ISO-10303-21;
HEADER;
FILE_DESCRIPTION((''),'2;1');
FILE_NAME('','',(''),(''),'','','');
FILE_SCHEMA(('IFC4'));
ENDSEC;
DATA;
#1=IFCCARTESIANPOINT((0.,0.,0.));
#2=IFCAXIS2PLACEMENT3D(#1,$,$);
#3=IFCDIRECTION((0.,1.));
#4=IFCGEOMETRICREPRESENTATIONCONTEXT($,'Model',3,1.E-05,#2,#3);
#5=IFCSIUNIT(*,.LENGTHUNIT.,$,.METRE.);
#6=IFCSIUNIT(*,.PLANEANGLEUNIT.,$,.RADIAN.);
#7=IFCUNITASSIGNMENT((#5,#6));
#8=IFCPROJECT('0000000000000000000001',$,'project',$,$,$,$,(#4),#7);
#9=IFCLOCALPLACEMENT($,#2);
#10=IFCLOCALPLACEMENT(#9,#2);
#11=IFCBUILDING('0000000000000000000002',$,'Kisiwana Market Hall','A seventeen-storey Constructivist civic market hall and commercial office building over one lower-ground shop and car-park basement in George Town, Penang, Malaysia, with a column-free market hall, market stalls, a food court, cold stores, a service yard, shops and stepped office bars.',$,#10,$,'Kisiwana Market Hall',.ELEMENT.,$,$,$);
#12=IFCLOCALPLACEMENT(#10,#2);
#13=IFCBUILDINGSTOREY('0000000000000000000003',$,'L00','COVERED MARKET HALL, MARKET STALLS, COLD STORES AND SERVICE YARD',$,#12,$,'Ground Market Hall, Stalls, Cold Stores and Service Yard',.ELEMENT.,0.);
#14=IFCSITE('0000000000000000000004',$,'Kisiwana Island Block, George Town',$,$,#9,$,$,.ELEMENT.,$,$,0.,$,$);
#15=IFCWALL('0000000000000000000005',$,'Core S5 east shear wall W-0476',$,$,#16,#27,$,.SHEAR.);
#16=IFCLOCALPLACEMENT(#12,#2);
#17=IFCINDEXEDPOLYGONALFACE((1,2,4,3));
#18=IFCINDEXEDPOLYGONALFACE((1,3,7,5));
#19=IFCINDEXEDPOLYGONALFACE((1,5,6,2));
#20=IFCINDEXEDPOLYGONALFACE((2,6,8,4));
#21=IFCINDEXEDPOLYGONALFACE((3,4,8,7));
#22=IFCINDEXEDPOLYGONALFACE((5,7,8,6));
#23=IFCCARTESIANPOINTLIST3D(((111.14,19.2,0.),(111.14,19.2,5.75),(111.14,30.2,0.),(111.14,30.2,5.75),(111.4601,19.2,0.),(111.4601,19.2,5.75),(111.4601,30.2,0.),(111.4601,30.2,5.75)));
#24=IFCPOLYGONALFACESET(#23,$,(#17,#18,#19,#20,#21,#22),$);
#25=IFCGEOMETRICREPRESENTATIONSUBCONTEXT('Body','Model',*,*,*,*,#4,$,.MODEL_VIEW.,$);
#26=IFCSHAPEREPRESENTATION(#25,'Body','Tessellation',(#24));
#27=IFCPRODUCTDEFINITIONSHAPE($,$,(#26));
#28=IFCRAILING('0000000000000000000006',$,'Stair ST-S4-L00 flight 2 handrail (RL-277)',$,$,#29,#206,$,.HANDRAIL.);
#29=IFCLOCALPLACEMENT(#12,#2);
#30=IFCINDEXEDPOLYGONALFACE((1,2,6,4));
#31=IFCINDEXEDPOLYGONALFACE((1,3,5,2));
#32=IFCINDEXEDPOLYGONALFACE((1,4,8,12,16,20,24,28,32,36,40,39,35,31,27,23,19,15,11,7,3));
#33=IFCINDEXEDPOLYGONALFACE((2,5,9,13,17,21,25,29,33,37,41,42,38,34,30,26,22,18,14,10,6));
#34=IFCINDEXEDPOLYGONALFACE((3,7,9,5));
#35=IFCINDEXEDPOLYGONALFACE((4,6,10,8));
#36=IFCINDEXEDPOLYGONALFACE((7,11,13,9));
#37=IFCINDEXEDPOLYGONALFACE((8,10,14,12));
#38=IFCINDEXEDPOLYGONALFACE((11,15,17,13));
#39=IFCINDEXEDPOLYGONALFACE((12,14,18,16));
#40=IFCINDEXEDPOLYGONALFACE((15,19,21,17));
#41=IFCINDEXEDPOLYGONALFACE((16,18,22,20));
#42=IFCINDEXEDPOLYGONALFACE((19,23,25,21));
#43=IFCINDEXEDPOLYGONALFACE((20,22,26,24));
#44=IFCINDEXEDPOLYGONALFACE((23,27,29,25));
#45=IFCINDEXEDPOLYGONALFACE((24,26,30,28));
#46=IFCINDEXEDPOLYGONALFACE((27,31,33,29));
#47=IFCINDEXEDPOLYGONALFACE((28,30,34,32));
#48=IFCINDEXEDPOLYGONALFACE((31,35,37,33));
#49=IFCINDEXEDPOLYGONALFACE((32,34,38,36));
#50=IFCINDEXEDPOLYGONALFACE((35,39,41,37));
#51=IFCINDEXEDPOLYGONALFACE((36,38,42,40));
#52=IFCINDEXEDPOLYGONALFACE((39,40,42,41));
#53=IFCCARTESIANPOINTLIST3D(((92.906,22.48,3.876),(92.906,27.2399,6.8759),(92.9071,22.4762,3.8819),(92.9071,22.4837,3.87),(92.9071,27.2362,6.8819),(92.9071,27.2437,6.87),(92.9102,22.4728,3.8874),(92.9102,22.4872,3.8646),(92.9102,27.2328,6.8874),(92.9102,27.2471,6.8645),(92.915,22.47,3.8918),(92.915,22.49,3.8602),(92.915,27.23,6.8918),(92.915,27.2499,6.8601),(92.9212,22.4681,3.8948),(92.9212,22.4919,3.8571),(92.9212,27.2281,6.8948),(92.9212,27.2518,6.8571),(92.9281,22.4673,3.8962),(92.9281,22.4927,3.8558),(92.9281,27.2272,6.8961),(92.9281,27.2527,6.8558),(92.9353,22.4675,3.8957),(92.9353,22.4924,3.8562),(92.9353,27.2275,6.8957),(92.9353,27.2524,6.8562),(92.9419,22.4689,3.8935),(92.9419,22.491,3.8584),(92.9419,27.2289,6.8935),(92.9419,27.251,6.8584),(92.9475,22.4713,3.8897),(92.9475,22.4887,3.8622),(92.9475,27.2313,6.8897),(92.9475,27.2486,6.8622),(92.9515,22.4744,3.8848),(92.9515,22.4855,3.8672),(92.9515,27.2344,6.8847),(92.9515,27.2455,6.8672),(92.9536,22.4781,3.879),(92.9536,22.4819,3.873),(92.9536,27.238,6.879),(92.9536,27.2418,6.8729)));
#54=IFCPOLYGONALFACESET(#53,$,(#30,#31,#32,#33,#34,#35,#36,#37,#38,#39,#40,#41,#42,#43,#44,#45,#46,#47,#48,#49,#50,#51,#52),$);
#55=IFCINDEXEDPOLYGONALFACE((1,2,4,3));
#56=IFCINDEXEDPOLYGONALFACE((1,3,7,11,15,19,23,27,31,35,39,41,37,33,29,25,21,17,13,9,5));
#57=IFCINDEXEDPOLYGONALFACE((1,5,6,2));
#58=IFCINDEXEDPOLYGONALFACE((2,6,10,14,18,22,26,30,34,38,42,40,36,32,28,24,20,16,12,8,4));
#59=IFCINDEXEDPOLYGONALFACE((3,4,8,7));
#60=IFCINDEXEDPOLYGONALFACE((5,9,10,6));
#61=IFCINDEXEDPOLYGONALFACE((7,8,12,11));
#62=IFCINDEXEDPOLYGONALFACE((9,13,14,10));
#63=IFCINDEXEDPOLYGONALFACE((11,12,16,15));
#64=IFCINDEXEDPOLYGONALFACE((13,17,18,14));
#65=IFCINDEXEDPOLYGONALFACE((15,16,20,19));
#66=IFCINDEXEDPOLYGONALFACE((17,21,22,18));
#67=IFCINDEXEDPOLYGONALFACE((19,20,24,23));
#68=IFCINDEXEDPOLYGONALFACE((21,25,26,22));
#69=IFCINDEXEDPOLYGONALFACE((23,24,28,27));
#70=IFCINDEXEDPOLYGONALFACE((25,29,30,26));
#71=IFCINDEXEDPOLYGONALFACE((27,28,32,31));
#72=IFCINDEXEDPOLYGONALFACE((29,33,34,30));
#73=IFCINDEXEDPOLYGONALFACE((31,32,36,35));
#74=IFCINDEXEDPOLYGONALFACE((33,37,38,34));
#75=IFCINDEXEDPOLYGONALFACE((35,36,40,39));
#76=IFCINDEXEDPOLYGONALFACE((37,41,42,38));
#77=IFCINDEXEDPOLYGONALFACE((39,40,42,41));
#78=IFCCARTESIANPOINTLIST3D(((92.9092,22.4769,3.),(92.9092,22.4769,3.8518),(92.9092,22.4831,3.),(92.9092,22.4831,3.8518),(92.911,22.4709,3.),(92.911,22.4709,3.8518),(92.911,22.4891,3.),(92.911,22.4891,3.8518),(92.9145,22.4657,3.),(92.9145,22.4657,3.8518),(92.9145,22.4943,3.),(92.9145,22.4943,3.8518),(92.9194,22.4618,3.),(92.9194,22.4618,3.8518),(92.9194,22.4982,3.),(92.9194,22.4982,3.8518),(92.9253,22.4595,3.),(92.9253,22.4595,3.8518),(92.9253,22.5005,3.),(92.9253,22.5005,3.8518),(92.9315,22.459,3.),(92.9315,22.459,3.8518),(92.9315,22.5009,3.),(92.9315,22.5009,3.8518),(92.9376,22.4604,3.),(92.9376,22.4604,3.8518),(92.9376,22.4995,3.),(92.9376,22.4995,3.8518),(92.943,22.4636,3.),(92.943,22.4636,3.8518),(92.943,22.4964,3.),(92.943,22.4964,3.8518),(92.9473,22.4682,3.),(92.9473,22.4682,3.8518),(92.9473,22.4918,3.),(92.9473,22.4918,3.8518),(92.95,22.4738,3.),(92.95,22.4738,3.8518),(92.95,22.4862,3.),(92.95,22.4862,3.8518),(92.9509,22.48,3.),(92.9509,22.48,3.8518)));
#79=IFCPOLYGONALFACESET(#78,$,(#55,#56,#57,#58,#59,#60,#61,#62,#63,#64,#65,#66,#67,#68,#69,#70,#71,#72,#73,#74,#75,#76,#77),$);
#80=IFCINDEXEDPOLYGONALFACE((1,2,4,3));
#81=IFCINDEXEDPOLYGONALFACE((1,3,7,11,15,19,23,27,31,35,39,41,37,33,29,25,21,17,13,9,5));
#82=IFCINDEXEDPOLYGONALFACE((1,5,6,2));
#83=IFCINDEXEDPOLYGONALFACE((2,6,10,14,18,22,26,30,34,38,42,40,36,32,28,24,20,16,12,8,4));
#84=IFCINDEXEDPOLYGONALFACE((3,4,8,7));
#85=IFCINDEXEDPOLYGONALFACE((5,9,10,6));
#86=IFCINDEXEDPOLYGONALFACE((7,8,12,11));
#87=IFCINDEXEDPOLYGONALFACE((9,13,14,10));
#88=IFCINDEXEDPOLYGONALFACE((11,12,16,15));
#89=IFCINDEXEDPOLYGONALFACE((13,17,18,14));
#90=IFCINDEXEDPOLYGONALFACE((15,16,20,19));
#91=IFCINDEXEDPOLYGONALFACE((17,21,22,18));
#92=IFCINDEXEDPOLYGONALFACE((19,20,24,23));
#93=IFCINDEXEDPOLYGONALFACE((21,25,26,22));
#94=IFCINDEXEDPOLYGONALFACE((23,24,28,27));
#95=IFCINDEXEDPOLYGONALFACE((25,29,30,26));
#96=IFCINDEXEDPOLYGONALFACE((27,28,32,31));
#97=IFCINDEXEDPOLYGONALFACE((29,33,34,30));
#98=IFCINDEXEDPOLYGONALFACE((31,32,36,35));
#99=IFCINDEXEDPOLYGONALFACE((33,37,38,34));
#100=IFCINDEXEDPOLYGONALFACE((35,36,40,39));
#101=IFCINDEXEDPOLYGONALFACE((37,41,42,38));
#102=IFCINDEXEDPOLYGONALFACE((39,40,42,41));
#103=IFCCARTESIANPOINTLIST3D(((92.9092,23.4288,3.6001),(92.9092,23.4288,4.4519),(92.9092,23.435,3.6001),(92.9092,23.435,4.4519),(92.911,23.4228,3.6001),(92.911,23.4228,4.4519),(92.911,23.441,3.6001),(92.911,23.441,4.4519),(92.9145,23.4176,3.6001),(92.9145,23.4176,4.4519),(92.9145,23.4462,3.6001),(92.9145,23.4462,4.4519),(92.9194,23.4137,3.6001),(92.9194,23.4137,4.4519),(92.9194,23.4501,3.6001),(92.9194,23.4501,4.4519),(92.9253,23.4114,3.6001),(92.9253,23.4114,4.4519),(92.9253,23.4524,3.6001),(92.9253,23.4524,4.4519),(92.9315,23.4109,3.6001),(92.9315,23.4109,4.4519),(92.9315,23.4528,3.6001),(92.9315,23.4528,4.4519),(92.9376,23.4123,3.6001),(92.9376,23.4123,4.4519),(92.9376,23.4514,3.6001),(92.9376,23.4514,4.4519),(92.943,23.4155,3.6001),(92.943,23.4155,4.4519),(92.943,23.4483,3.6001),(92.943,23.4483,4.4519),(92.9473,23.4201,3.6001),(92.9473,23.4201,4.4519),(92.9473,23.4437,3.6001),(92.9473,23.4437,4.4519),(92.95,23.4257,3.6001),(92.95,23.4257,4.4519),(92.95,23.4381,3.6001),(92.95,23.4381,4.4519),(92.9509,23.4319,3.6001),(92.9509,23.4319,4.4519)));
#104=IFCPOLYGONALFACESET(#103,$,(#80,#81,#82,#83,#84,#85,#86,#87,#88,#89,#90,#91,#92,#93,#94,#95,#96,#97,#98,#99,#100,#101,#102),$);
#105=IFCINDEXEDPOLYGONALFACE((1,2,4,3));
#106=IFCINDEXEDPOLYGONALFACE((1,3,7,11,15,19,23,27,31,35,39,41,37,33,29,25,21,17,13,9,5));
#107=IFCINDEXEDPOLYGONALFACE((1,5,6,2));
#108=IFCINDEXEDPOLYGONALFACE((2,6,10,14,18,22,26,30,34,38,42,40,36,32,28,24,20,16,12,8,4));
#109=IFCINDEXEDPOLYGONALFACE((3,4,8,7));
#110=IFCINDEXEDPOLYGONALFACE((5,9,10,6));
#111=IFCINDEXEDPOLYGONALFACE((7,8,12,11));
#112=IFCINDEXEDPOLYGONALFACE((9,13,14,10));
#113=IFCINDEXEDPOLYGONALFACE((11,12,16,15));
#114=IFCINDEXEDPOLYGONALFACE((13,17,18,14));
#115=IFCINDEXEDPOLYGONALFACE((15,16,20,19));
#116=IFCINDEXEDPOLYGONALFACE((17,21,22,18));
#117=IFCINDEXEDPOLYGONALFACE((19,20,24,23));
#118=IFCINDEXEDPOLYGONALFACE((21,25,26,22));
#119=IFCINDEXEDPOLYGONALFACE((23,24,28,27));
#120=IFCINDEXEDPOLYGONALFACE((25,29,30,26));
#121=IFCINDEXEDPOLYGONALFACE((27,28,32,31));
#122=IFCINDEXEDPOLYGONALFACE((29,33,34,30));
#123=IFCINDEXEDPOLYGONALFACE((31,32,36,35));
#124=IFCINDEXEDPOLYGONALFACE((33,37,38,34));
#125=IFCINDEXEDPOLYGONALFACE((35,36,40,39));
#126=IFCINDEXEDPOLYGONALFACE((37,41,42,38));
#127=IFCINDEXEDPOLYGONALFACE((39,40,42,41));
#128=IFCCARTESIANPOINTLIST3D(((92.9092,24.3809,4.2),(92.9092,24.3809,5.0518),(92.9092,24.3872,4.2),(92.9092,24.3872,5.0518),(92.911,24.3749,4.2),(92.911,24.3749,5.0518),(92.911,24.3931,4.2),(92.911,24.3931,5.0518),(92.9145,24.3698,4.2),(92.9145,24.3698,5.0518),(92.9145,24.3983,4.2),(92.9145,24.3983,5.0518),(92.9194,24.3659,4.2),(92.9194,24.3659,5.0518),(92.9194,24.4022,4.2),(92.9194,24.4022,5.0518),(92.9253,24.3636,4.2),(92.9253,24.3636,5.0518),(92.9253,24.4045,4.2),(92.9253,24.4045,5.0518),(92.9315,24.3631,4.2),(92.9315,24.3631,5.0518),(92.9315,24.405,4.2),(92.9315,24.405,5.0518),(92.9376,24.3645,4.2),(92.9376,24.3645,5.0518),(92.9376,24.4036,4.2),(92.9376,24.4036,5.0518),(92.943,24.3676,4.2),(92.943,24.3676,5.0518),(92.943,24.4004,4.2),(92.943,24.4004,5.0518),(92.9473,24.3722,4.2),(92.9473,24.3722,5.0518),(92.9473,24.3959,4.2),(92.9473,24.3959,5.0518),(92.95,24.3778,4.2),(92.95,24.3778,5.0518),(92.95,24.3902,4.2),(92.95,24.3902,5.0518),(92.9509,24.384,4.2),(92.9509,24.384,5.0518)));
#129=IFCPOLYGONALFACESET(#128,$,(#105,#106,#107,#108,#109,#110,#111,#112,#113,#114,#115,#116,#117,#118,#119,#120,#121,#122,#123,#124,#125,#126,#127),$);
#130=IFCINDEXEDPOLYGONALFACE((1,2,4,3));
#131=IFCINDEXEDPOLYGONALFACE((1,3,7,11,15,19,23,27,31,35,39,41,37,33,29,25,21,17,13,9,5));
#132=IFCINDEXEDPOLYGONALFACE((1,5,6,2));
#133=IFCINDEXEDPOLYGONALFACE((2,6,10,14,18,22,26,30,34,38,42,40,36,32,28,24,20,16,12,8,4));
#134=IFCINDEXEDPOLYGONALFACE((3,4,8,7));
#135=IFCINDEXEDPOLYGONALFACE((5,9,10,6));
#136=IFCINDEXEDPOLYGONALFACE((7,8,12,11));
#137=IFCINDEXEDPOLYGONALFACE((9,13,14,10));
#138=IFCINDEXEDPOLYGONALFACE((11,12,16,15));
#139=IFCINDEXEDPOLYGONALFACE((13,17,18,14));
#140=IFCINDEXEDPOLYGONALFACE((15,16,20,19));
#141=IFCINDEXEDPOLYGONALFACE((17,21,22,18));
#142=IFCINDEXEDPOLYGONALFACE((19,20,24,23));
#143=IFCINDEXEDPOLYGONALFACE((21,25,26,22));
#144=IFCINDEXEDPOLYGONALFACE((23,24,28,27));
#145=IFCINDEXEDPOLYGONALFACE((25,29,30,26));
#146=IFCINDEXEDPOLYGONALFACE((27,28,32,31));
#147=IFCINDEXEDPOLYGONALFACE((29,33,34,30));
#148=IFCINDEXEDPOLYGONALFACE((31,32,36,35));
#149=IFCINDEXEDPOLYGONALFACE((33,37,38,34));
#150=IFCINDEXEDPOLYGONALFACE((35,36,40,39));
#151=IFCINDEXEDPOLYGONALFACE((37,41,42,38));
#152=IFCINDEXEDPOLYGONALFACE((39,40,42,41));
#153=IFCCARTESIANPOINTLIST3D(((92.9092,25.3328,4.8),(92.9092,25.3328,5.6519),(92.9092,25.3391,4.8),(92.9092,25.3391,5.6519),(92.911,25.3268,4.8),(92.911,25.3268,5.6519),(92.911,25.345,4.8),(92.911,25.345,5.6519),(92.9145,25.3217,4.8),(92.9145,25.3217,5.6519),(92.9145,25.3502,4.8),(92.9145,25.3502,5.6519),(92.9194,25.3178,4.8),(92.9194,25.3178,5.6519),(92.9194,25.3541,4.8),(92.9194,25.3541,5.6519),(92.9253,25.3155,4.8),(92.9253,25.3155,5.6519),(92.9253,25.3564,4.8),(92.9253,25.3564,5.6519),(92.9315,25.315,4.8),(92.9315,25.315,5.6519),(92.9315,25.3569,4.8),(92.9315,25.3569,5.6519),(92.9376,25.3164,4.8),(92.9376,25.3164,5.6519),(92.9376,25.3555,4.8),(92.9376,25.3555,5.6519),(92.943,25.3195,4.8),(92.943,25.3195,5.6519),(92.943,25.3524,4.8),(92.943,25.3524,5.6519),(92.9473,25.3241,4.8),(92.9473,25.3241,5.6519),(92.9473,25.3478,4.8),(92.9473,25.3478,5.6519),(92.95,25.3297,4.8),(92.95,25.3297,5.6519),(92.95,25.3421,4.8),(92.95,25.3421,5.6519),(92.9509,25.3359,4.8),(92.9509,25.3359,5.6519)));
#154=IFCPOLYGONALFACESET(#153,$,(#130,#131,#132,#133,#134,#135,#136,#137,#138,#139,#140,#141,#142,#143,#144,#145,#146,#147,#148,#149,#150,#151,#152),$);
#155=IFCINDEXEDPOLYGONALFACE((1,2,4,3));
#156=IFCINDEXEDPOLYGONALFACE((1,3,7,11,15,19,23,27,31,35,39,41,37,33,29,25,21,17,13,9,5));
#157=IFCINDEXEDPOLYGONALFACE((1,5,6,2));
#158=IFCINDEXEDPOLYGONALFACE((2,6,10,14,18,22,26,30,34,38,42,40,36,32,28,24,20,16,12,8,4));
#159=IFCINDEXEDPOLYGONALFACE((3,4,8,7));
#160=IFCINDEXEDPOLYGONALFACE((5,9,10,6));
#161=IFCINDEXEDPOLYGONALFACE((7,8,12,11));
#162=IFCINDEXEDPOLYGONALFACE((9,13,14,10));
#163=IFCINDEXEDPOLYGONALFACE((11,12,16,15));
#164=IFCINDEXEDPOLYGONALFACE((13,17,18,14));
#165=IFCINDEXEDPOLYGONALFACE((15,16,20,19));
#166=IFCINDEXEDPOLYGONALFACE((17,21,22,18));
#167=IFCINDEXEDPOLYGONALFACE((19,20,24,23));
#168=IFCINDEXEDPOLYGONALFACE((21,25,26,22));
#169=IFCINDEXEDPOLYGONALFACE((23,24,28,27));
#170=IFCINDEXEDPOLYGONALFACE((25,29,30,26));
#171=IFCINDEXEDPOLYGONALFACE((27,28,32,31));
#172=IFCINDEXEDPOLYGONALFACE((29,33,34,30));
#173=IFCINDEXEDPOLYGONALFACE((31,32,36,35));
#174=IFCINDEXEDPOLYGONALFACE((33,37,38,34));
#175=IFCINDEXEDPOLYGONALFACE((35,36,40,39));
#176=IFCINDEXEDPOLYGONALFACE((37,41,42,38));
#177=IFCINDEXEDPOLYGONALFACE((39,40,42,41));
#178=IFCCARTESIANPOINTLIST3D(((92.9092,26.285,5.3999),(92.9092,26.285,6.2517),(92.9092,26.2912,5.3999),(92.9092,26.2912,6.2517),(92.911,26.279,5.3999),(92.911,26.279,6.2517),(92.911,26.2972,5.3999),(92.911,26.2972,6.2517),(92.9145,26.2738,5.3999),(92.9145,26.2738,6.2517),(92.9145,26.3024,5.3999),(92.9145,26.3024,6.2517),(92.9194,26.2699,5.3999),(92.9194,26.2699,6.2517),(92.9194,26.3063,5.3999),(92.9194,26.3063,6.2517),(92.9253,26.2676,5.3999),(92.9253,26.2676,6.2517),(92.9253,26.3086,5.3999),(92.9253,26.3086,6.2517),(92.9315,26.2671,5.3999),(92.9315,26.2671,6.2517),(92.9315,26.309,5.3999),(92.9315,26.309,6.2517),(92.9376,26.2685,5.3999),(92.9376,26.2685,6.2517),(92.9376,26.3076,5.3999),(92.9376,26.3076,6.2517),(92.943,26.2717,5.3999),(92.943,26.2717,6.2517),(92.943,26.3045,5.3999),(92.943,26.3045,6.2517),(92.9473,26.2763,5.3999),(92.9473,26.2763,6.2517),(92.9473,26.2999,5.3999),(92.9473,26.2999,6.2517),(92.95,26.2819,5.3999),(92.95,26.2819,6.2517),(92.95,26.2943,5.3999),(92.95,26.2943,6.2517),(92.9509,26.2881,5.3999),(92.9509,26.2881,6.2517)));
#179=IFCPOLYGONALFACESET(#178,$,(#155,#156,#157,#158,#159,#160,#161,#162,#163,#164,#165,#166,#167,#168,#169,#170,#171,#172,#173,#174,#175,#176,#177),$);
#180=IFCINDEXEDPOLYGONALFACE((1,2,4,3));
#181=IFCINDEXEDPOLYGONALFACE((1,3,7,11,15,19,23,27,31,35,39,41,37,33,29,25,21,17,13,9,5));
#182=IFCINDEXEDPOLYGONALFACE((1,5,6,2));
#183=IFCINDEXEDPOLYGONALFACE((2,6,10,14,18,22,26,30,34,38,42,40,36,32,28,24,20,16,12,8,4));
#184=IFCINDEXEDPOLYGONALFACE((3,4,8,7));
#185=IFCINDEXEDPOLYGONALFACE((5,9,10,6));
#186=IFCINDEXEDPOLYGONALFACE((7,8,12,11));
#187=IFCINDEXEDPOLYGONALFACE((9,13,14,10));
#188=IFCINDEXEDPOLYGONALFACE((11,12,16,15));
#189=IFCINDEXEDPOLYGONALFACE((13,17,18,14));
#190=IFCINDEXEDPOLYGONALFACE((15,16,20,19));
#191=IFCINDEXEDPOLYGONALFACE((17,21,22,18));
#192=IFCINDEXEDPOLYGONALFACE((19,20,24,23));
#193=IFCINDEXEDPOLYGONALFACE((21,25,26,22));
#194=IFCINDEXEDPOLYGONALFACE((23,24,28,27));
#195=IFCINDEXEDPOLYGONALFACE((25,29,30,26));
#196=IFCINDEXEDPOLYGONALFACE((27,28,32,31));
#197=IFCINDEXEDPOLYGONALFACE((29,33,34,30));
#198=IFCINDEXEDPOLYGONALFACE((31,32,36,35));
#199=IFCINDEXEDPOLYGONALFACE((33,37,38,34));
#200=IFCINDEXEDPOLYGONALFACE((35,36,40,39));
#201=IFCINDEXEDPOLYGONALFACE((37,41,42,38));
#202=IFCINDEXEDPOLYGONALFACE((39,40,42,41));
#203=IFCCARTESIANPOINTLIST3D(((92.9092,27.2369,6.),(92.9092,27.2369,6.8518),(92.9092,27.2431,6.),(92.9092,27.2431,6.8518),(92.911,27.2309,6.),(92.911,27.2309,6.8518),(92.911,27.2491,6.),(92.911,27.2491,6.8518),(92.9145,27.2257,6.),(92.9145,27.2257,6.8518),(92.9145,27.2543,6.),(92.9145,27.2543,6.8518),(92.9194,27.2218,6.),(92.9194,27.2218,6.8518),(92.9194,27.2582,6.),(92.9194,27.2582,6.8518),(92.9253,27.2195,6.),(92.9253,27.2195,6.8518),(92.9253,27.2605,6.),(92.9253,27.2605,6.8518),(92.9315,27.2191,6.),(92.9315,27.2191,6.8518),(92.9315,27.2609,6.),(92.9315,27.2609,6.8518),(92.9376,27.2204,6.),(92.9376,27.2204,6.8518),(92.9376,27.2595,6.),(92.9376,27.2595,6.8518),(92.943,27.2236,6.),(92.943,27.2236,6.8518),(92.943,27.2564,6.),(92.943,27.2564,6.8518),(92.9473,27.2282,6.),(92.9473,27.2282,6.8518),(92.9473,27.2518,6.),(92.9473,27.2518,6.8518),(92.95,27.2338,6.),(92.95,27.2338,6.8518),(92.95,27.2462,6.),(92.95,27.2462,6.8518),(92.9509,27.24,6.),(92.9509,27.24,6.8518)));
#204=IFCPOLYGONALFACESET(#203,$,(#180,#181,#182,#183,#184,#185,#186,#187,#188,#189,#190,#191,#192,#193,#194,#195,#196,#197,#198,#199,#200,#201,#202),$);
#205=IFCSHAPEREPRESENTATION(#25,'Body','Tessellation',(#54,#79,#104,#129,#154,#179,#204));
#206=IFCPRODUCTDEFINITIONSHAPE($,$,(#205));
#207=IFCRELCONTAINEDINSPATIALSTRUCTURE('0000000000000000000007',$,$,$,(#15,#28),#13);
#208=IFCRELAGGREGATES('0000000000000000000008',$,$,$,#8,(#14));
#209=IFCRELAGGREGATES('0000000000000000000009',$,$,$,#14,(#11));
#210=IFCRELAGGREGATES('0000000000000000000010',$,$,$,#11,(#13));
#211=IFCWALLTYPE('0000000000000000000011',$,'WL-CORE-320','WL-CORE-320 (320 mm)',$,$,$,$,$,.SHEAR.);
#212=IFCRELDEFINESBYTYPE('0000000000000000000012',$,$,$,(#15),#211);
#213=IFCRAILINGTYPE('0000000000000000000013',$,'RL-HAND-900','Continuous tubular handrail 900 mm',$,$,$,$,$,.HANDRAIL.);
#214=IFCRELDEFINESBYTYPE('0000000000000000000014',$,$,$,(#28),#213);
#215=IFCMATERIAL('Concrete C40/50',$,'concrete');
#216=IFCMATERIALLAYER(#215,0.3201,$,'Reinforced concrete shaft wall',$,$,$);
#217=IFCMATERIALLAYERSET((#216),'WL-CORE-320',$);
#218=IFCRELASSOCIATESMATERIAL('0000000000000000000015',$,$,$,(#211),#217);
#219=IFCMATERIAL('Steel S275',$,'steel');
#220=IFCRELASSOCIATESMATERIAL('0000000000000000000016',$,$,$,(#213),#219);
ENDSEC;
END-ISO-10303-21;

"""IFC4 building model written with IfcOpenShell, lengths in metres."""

from ifc_helpers import new_model, si_unit, direction, frame, frame_2d, origin, origin_2d, place, context, subcontext, project, spatial, rectangle, circle, extrude, material, layer, layer_set, type_object, element, save


model = new_model("IFC4")

# Units and contexts
model_context = context("Model", 3, precision=1e-05, world=origin(), true_north=direction((0.0, 1.0)))
body_context = subcontext(model_context, "Body", "Model", "MODEL_VIEW")
ifc_project = project(units=[si_unit("LENGTHUNIT", "METRE"), si_unit("PLANEANGLEUNIT", "RADIAN")], contexts=[model_context])

# Site, building, storey
site_placement = place(None, origin())
site = spatial("IfcSite", under=ifc_project, at=site_placement, Name="Kisiwana Island Block, George Town", CompositionType="ELEMENT", RefElevation=0.0)
building_placement = place(site_placement, origin())
building = spatial("IfcBuilding", under=site, at=building_placement, Name="Kisiwana Market Hall", Description="A seventeen-storey Constructivist civic market hall and commercial office building over one lower-ground shop and car-park basement in George Town, Penang, Malaysia, with a column-free market hall, market stalls, a food court, cold stores, a service yard, shops and stepped office bars.", LongName="Kisiwana Market Hall", CompositionType="ELEMENT")
storey_placement = place(building_placement, origin())
storey = spatial("IfcBuildingStorey", under=building, at=storey_placement, Name="L00", Description="COVERED MARKET HALL, MARKET STALLS, COLD STORES AND SERVICE YARD", LongName="Ground Market Hall, Stalls, Cold Stores and Service Yard", CompositionType="ELEMENT", Elevation=0.0)

# Wall
ifc_material_1 = material(Name="Concrete C40/50", Category="concrete")
ifc_layer_1 = layer(ifc_material_1, 0.3201, Name="Reinforced concrete shaft wall")
ifc_layer_set_1 = layer_set([ifc_layer_1], Name="WL-CORE-320")
wall_type_1 = type_object("IfcWallType", Name="WL-CORE-320", Description="WL-CORE-320 (320 mm)", PredefinedType="SHEAR", material=ifc_layer_set_1)
for number, where, z_axis, x_axis, name in (
    (1, (111.3, 19.2, 0.0), (0.0, 0.0, 1.0), (0.0, 1.0, 0.0), "Core S5 east shear wall W-0476"),
):
    element("IfcWall", number, at=place(storey_placement, frame(where, z_axis=z_axis, x_axis=x_axis)), inside=storey, type_object=wall_type_1, Name=name, PredefinedType="SHEAR", context=body_context, shape_type="SweptSolid", body=[
        extrude(rectangle(XDim=11.0, YDim=0.3201, at=frame_2d((5.5, 0.0))), origin(), (0.0, 0.0, 1.0), 5.75),
    ])

# Railing
ifc_material_2 = material(Name="Steel S275", Category="steel")
railing_type = type_object("IfcRailingType", Name="RL-HAND-900", Description="Continuous tubular handrail 900 mm", PredefinedType="HANDRAIL", material=ifc_material_2)
for number, where, name in (
    (2, (92.9299, 22.48, 3.0), "Stair ST-S4-L00 flight 2 handrail (RL-277)"),
):
    element("IfcRailing", number, at=place(storey_placement, frame(where)), inside=storey, type_object=railing_type, Name=name, PredefinedType="HANDRAIL", context=body_context, shape_type="SweptSolid", body=[
        extrude(circle(Radius=0.0239, at=origin_2d()), frame((0.0, 0.0, 0.876), z_axis=(0.0, 0.845996, 0.53319), x_axis=(-1.0, 0.0, 0.0)), (0.0, 0.0, 1.0), 5.6265),
        extrude(circle(Radius=0.021, at=origin_2d()), origin(), (0.0, 0.0, 1.0), 0.8518),
        extrude(circle(Radius=0.021, at=origin_2d()), frame((0.0, 0.9519, 0.6001)), (0.0, 0.0, 1.0), 0.8518),
        extrude(circle(Radius=0.021, at=origin_2d()), frame((0.0, 1.9041, 1.2)), (0.0, 0.0, 1.0), 0.8518),
        extrude(circle(Radius=0.021, at=origin_2d()), frame((0.0, 2.856, 1.8)), (0.0, 0.0, 1.0), 0.8518),
        extrude(circle(Radius=0.021, at=origin_2d()), frame((0.0, 3.8081, 2.3999)), (0.0, 0.0, 1.0), 0.8518),
        extrude(circle(Radius=0.021, at=origin_2d()), frame((0.0, 4.76, 3.0)), (0.0, 0.0, 1.0), 0.8518),
    ])

save(model, "model.ifc")
